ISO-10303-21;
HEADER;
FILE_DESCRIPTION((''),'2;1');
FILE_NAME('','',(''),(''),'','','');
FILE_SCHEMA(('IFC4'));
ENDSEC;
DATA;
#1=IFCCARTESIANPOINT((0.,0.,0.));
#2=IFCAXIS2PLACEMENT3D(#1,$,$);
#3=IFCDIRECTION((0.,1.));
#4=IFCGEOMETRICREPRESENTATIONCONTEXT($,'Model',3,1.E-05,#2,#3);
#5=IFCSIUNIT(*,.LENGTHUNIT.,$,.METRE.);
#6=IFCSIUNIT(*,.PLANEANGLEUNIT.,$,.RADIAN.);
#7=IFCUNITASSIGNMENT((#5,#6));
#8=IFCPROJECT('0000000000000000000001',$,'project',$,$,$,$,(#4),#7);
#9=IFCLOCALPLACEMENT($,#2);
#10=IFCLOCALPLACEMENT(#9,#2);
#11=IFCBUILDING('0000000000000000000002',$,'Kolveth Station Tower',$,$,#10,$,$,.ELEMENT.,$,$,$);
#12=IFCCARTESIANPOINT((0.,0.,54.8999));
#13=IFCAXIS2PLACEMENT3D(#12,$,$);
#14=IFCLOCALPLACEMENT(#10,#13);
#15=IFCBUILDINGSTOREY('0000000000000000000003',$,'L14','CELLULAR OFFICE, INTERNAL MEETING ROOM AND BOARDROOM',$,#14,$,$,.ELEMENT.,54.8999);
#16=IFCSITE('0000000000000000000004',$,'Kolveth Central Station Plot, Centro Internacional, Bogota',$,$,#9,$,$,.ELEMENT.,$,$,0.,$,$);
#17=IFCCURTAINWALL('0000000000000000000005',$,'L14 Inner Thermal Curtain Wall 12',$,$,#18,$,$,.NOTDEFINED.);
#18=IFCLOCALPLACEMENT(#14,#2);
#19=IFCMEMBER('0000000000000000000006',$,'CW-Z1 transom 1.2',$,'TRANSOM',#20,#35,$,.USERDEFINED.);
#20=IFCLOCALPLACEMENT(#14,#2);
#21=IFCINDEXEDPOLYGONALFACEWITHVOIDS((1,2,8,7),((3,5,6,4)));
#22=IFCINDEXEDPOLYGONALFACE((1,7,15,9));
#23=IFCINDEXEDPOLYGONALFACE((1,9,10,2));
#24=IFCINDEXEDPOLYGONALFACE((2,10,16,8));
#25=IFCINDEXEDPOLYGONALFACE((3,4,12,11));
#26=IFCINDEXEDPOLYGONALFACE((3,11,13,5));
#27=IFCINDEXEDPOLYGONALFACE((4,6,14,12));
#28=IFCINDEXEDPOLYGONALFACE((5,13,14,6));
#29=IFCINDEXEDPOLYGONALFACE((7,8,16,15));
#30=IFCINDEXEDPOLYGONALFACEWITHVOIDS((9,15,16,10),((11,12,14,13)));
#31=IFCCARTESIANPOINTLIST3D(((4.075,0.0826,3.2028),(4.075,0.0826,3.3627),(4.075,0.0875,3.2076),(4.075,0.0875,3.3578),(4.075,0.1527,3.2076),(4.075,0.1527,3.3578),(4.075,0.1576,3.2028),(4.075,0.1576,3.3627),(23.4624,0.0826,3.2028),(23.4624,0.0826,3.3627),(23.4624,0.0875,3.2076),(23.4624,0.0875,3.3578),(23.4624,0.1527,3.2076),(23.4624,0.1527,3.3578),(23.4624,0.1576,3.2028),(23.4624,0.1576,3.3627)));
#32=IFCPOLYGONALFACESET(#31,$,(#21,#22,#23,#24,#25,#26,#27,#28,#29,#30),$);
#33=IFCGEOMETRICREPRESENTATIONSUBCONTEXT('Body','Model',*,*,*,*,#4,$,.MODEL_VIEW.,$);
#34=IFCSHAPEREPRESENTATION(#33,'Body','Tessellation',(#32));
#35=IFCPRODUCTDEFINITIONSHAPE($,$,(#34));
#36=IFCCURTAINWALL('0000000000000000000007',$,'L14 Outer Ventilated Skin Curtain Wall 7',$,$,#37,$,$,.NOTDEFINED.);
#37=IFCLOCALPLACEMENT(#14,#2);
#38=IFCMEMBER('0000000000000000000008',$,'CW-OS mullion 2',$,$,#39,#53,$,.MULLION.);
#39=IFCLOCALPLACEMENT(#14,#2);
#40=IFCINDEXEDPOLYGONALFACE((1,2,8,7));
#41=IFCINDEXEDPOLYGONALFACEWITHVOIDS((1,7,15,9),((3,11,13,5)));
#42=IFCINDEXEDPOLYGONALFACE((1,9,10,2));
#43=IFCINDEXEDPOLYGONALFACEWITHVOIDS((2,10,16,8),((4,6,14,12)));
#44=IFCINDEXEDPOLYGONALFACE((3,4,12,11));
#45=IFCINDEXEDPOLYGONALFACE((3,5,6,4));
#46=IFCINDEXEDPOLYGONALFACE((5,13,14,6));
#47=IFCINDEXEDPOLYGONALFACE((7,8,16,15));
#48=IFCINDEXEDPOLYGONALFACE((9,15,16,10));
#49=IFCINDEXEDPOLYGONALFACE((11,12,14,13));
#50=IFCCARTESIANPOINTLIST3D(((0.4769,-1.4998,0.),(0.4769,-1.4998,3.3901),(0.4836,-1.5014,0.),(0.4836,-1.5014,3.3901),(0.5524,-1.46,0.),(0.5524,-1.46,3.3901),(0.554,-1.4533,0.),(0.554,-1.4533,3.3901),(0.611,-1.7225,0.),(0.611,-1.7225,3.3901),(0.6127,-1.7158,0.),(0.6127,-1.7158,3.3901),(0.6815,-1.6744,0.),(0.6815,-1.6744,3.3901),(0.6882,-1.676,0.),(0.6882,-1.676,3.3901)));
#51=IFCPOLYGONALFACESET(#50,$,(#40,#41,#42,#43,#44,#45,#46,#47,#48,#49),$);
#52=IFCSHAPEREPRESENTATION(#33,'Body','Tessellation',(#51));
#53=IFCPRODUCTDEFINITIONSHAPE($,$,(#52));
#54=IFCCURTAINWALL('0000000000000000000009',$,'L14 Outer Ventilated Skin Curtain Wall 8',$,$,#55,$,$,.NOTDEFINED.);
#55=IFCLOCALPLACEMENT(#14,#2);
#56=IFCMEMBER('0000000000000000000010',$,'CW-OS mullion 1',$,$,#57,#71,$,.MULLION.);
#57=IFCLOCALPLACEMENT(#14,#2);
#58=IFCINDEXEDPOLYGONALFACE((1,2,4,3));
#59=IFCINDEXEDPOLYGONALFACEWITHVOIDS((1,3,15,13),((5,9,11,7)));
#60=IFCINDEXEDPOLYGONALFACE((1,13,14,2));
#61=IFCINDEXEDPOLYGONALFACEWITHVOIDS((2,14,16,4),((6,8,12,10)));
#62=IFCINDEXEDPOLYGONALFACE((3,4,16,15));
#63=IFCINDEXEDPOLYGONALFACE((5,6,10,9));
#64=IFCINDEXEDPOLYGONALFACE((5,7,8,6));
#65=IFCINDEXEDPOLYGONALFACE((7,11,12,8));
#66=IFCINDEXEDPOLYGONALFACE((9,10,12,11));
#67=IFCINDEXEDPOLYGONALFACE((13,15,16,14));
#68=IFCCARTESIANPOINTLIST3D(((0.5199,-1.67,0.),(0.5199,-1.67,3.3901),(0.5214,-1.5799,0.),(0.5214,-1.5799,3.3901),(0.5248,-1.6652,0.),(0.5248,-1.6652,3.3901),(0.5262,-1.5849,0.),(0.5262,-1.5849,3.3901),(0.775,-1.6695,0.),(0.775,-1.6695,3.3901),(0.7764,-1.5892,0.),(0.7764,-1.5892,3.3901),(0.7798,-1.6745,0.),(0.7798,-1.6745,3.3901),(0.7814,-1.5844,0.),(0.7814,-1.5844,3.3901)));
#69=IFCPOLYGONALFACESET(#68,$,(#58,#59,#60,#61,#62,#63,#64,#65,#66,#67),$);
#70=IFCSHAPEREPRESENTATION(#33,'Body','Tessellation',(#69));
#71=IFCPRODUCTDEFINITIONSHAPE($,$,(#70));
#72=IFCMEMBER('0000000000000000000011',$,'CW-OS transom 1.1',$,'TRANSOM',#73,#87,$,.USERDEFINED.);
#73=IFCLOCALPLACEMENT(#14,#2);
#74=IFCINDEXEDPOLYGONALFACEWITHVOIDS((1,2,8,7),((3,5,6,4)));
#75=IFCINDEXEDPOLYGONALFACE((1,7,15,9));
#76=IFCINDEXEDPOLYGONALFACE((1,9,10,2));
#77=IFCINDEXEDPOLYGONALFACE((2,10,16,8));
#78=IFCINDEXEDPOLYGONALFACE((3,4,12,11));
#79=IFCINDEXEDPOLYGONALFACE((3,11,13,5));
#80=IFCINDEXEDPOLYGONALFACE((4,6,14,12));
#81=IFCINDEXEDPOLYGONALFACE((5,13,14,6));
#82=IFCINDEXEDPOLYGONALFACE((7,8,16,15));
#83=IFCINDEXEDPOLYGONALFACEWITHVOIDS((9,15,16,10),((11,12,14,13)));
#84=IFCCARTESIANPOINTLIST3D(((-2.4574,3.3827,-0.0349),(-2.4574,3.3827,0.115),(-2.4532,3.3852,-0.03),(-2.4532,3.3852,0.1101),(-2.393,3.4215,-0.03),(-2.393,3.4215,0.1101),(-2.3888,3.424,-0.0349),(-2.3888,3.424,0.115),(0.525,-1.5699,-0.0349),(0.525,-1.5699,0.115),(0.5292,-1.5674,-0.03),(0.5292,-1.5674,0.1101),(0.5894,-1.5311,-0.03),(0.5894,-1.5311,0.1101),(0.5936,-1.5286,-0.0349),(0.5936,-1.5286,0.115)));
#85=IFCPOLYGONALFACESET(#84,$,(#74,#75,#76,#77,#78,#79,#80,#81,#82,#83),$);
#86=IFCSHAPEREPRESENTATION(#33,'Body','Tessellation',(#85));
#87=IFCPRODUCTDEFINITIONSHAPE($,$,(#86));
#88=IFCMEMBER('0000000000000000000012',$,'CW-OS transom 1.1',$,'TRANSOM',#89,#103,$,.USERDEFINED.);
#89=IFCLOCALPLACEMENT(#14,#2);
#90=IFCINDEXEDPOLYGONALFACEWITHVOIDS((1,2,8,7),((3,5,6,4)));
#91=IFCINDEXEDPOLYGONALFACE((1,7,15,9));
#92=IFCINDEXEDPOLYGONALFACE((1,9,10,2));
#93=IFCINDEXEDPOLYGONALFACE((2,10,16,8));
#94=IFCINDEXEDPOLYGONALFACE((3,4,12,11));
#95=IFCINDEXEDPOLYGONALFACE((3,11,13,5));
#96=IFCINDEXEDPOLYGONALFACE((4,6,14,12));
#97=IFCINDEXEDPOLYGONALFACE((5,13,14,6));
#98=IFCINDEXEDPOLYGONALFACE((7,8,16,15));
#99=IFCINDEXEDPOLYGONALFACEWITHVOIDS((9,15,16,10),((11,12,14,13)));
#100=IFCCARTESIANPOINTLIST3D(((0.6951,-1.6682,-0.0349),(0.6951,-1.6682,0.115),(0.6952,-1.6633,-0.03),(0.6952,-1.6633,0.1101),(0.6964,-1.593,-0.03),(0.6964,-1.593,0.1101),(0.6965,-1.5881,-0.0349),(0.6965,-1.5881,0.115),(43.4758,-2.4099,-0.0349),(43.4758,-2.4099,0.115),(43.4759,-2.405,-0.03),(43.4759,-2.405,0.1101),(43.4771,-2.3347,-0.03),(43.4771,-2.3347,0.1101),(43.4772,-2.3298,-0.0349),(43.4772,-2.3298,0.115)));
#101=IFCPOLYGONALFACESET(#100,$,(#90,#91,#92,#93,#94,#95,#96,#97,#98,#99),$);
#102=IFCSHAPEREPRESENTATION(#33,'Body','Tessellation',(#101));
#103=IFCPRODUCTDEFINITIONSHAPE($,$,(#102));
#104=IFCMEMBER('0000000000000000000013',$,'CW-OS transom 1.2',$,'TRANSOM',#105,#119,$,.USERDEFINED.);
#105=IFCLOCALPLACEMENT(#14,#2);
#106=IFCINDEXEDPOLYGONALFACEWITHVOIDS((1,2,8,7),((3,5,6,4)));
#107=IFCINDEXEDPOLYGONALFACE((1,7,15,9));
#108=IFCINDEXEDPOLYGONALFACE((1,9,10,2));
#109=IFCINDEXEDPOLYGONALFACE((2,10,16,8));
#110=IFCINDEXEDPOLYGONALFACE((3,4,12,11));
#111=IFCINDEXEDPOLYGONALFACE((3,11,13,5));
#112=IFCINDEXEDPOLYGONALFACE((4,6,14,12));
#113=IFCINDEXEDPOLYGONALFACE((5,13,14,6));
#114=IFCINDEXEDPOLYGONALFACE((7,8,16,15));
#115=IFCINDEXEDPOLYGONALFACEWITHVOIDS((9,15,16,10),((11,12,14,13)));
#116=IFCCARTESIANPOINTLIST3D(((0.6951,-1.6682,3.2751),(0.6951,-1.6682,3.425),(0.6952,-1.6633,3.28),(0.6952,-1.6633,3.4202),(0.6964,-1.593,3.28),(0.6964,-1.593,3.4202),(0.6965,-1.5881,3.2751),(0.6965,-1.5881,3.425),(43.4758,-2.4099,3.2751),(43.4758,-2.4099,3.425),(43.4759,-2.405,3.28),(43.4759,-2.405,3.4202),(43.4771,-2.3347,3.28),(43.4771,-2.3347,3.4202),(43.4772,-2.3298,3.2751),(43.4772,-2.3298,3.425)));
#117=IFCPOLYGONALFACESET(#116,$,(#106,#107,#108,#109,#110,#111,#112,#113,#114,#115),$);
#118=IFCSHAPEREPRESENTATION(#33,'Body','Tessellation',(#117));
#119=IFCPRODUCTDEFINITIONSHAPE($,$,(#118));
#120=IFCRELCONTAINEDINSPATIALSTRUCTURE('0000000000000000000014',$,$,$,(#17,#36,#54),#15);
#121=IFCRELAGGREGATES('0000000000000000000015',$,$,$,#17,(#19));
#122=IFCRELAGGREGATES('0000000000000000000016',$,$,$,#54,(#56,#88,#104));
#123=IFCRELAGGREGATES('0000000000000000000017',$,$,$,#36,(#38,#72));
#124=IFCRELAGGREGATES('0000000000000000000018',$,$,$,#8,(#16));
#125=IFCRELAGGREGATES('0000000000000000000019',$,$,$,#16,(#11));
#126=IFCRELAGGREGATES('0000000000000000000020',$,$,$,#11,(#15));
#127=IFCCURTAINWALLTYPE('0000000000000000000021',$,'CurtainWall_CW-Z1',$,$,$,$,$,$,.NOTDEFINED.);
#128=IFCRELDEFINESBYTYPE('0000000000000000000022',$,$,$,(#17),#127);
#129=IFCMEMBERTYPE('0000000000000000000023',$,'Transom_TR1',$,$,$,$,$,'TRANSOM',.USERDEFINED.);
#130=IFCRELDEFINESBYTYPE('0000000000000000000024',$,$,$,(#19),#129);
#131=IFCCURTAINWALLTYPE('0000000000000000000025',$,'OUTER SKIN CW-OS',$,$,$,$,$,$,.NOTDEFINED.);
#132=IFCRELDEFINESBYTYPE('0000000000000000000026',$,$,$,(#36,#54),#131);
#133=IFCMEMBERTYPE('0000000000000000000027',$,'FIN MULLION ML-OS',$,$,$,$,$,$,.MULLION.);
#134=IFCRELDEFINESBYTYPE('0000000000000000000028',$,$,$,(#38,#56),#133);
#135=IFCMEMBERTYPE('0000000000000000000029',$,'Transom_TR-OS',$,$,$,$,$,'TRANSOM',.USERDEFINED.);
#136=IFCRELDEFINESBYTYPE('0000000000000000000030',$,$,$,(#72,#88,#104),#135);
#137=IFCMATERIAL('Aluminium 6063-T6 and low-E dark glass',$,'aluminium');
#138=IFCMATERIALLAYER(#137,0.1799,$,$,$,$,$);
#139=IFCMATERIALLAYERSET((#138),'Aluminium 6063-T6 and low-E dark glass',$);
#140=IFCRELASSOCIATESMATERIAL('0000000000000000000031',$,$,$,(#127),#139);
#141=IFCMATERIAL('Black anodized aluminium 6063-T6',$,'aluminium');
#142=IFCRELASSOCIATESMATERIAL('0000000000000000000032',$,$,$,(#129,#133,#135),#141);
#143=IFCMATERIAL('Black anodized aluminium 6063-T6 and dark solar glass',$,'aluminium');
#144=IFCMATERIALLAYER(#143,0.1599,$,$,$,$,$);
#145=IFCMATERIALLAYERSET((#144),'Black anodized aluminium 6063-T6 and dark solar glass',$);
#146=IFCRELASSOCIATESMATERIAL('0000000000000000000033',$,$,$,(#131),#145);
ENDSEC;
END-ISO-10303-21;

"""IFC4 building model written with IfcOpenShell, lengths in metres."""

from ifc_helpers import new_model, si_unit, direction, frame, origin, origin_2d, place, context, subcontext, project, spatial, hollow_rectangle, extrude, source, transform, mapped, material, layer, layer_set, material_profile, profile_set, type_object, element, aggregate, save


model = new_model("IFC4")

# Units and contexts
model_context = context("Model", 3, precision=1e-05, world=origin(), true_north=direction((0.0, 1.0)))
body_context = subcontext(model_context, "Body", "Model", "MODEL_VIEW")
ifc_project = project(units=[si_unit("LENGTHUNIT", "METRE"), si_unit("PLANEANGLEUNIT", "RADIAN")], contexts=[model_context])

# Site, building, storey
site_placement = place(None, origin())
site = spatial("IfcSite", under=ifc_project, at=site_placement, Name="Kolveth Central Station Plot, Centro Internacional, Bogota", CompositionType="ELEMENT", RefElevation=0.0)
building_placement = place(site_placement, origin())
building = spatial("IfcBuilding", under=site, at=building_placement, Name="Kolveth Station Tower", CompositionType="ELEMENT")
storey_placement = place(building_placement, frame((0.0, 0.0, 54.8999)))
storey = spatial("IfcBuildingStorey", under=building, at=storey_placement, Name="L14", Description="CELLULAR OFFICE, INTERNAL MEETING ROOM AND BOARDROOM", CompositionType="ELEMENT", Elevation=54.8999)

# Shared definitions
ifc_material_1 = material(Name="Aluminium 6063-T6 and low-E dark glass", Category="aluminium")
ifc_layer_1 = layer(ifc_material_1, 0.1799)
ifc_layer_set_1 = layer_set([ifc_layer_1], Name="Aluminium 6063-T6 and low-E dark glass")
curtain_wall_type_1 = type_object("IfcCurtainWallType", Name="CurtainWall_CW-Z1", PredefinedType="NOTDEFINED", material=ifc_layer_set_1)
ifc_material_2 = material(Name="Black anodized aluminium 6063-T6", Category="aluminium")

# Curtain wall
curtain_wall_1_placement = place(storey_placement, origin())
curtain_wall_1 = element("IfcCurtainWall", 1, at=curtain_wall_1_placement, inside=storey, type_object=curtain_wall_type_1, Name="L14 Inner Thermal Curtain Wall 12", PredefinedType="NOTDEFINED")

# Member
ifc_material_profile_1 = material_profile(ifc_material_2, hollow_rectangle(XDim=0.075, YDim=0.1599, WallThickness=0.0049, at=origin_2d()), Name="ALU-75x160x5")
ifc_profile_set_1 = profile_set([ifc_material_profile_1], Name="Black anodized aluminium 6063-T6")
member_type_1 = type_object("IfcMemberType", Name="Transom_TR1", ElementType="TRANSOM", PredefinedType="USERDEFINED", material=ifc_profile_set_1)
shared_shape_1 = source(origin(), body_context, "Body", "SweptSolid", [
    extrude(hollow_rectangle(XDim=0.075, YDim=0.1599, WallThickness=0.0049, at=origin_2d()), origin(), (0.0, 0.0, 1.0), 19.3875),
])
member_1_placement = place(storey_placement, frame((4.075, 0.1201, 3.2827), z_axis=(1.0, 0.0, 0.0), x_axis=(0.0, 1.0, 0.0)))
member_1 = element("IfcMember", 2, at=member_1_placement, type_object=member_type_1, Name="CW-Z1 transom 1.2", ObjectType="TRANSOM", PredefinedType="USERDEFINED", context=body_context, shape_type="MappedRepresentation", body=[
    mapped(shared_shape_1, transform((0.0, 0.0, 0.0), x_axis=(1.0, 0.0, 0.0), y_axis=(0.0, 1.0, 0.0), z_axis=(0.0, 0.0, 1.0), scale=1.0)),
])
aggregate(curtain_wall_1, [member_1])

# Curtain walls, members
ifc_material_3 = material(Name="Black anodized aluminium 6063-T6 and dark solar glass", Category="aluminium")
ifc_layer_2 = layer(ifc_material_3, 0.1599)
ifc_layer_set_2 = layer_set([ifc_layer_2], Name="Black anodized aluminium 6063-T6 and dark solar glass")
curtain_wall_type_2 = type_object("IfcCurtainWallType", Name="OUTER SKIN CW-OS", PredefinedType="NOTDEFINED", material=ifc_layer_set_2)
curtain_wall_2_placement = place(storey_placement, origin())
curtain_wall_2 = element("IfcCurtainWall", 3, at=curtain_wall_2_placement, inside=storey, type_object=curtain_wall_type_2, Name="L14 Outer Ventilated Skin Curtain Wall 7", PredefinedType="NOTDEFINED")
ifc_material_profile_2 = material_profile(ifc_material_2, hollow_rectangle(XDim=0.0901, YDim=0.26, WallThickness=0.0049, at=origin_2d()), Name="ALU-90x260x5")
ifc_profile_set_2 = profile_set([ifc_material_profile_2], Name="Black anodized aluminium 6063-T6")
member_type_2 = type_object("IfcMemberType", Name="FIN MULLION ML-OS", PredefinedType="MULLION", material=ifc_profile_set_2)
shared_shape_2 = source(origin(), body_context, "Body", "SweptSolid", [
    extrude(hollow_rectangle(XDim=0.0901, YDim=0.26, WallThickness=0.0049, at=origin_2d()), origin(), (0.0, 0.0, 1.0), 3.3901),
])
member_2_placement = place(storey_placement, frame((0.5825, -1.5879, 0.0), z_axis=(0.0, 0.0, 1.0), x_axis=(0.85667, 0.515864, 0.0)))
member_2 = element("IfcMember", 4, at=member_2_placement, type_object=member_type_2, Name="CW-OS mullion 2", PredefinedType="MULLION", context=body_context, shape_type="MappedRepresentation", body=[
    mapped(shared_shape_2, transform((0.0, 0.0, 0.0), x_axis=(1.0, 0.0, 0.0), y_axis=(0.0, 1.0, 0.0), z_axis=(0.0, 0.0, 1.0), scale=1.0)),
])
curtain_wall_3_placement = place(storey_placement, origin())
curtain_wall_3 = element("IfcCurtainWall", 5, at=curtain_wall_3_placement, inside=storey, type_object=curtain_wall_type_2, Name="L14 Outer Ventilated Skin Curtain Wall 8", PredefinedType="NOTDEFINED")
member_3_placement = place(storey_placement, frame((0.6506, -1.6272, 0.0), z_axis=(0.0, 0.0, 1.0), x_axis=(0.017339, 0.99985, 0.0)))
member_3 = element("IfcMember", 6, at=member_3_placement, type_object=member_type_2, Name="CW-OS mullion 1", PredefinedType="MULLION", context=body_context, shape_type="MappedRepresentation", body=[
    mapped(shared_shape_2, transform((0.0, 0.0, 0.0), x_axis=(1.0, 0.0, 0.0), y_axis=(0.0, 1.0, 0.0), z_axis=(0.0, 0.0, 1.0), scale=1.0)),
])

# Members
ifc_material_profile_3 = material_profile(ifc_material_2, hollow_rectangle(XDim=0.0801, YDim=0.1499, WallThickness=0.0049, at=origin_2d()), Name="ALU-80x150x5")
ifc_profile_set_3 = profile_set([ifc_material_profile_3], Name="Black anodized aluminium 6063-T6")
member_type_3 = type_object("IfcMemberType", Name="Transom_TR-OS", ElementType="TRANSOM", PredefinedType="USERDEFINED", material=ifc_profile_set_3)
shared_shape_3 = source(origin(), body_context, "Body", "SweptSolid", [
    extrude(hollow_rectangle(XDim=0.0801, YDim=0.1499, WallThickness=0.0049, at=origin_2d()), origin(), (0.0, 0.0, 1.0), 5.7812),
])
member_4_placement = place(storey_placement, frame((-2.4231, 3.4033, 0.04), z_axis=(0.515874, -0.856665, 0.0), x_axis=(0.856665, 0.515874, 0.0)))
member_4 = element("IfcMember", 7, at=member_4_placement, type_object=member_type_3, Name="CW-OS transom 1.1", ObjectType="TRANSOM", PredefinedType="USERDEFINED", context=body_context, shape_type="MappedRepresentation", body=[
    mapped(shared_shape_3, transform((0.0, 0.0, 0.0), x_axis=(1.0, 0.0, 0.0), y_axis=(0.0, 1.0, 0.0), z_axis=(0.0, 0.0, 1.0), scale=1.0)),
])
shared_shape_4 = source(origin(), body_context, "Body", "SweptSolid", [
    extrude(hollow_rectangle(XDim=0.0801, YDim=0.1499, WallThickness=0.0049, at=origin_2d()), origin(), (0.0, 0.0, 1.0), 42.7871),
])
member_5_placement = place(storey_placement, frame((0.6958, -1.6282, 0.04), z_axis=(0.99985, -0.017335, 0.0), x_axis=(0.017335, 0.99985, 0.0)))
member_5 = element("IfcMember", 8, at=member_5_placement, type_object=member_type_3, Name="CW-OS transom 1.1", ObjectType="TRANSOM", PredefinedType="USERDEFINED", context=body_context, shape_type="MappedRepresentation", body=[
    mapped(shared_shape_4, transform((0.0, 0.0, 0.0), x_axis=(1.0, 0.0, 0.0), y_axis=(0.0, 1.0, 0.0), z_axis=(0.0, 0.0, 1.0), scale=1.0)),
])
member_6_placement = place(storey_placement, frame((0.6958, -1.6282, 3.3501), z_axis=(0.99985, -0.017335, 0.0), x_axis=(0.017335, 0.99985, 0.0)))
member_6 = element("IfcMember", 9, at=member_6_placement, type_object=member_type_3, Name="CW-OS transom 1.2", ObjectType="TRANSOM", PredefinedType="USERDEFINED", context=body_context, shape_type="MappedRepresentation", body=[
    mapped(shared_shape_4, transform((0.0, 0.0, 0.0), x_axis=(1.0, 0.0, 0.0), y_axis=(0.0, 1.0, 0.0), z_axis=(0.0, 0.0, 1.0), scale=1.0)),
])
aggregate(curtain_wall_3, [member_3, member_5, member_6])

aggregate(curtain_wall_2, [member_2, member_4])

save(model, "model.ifc")
